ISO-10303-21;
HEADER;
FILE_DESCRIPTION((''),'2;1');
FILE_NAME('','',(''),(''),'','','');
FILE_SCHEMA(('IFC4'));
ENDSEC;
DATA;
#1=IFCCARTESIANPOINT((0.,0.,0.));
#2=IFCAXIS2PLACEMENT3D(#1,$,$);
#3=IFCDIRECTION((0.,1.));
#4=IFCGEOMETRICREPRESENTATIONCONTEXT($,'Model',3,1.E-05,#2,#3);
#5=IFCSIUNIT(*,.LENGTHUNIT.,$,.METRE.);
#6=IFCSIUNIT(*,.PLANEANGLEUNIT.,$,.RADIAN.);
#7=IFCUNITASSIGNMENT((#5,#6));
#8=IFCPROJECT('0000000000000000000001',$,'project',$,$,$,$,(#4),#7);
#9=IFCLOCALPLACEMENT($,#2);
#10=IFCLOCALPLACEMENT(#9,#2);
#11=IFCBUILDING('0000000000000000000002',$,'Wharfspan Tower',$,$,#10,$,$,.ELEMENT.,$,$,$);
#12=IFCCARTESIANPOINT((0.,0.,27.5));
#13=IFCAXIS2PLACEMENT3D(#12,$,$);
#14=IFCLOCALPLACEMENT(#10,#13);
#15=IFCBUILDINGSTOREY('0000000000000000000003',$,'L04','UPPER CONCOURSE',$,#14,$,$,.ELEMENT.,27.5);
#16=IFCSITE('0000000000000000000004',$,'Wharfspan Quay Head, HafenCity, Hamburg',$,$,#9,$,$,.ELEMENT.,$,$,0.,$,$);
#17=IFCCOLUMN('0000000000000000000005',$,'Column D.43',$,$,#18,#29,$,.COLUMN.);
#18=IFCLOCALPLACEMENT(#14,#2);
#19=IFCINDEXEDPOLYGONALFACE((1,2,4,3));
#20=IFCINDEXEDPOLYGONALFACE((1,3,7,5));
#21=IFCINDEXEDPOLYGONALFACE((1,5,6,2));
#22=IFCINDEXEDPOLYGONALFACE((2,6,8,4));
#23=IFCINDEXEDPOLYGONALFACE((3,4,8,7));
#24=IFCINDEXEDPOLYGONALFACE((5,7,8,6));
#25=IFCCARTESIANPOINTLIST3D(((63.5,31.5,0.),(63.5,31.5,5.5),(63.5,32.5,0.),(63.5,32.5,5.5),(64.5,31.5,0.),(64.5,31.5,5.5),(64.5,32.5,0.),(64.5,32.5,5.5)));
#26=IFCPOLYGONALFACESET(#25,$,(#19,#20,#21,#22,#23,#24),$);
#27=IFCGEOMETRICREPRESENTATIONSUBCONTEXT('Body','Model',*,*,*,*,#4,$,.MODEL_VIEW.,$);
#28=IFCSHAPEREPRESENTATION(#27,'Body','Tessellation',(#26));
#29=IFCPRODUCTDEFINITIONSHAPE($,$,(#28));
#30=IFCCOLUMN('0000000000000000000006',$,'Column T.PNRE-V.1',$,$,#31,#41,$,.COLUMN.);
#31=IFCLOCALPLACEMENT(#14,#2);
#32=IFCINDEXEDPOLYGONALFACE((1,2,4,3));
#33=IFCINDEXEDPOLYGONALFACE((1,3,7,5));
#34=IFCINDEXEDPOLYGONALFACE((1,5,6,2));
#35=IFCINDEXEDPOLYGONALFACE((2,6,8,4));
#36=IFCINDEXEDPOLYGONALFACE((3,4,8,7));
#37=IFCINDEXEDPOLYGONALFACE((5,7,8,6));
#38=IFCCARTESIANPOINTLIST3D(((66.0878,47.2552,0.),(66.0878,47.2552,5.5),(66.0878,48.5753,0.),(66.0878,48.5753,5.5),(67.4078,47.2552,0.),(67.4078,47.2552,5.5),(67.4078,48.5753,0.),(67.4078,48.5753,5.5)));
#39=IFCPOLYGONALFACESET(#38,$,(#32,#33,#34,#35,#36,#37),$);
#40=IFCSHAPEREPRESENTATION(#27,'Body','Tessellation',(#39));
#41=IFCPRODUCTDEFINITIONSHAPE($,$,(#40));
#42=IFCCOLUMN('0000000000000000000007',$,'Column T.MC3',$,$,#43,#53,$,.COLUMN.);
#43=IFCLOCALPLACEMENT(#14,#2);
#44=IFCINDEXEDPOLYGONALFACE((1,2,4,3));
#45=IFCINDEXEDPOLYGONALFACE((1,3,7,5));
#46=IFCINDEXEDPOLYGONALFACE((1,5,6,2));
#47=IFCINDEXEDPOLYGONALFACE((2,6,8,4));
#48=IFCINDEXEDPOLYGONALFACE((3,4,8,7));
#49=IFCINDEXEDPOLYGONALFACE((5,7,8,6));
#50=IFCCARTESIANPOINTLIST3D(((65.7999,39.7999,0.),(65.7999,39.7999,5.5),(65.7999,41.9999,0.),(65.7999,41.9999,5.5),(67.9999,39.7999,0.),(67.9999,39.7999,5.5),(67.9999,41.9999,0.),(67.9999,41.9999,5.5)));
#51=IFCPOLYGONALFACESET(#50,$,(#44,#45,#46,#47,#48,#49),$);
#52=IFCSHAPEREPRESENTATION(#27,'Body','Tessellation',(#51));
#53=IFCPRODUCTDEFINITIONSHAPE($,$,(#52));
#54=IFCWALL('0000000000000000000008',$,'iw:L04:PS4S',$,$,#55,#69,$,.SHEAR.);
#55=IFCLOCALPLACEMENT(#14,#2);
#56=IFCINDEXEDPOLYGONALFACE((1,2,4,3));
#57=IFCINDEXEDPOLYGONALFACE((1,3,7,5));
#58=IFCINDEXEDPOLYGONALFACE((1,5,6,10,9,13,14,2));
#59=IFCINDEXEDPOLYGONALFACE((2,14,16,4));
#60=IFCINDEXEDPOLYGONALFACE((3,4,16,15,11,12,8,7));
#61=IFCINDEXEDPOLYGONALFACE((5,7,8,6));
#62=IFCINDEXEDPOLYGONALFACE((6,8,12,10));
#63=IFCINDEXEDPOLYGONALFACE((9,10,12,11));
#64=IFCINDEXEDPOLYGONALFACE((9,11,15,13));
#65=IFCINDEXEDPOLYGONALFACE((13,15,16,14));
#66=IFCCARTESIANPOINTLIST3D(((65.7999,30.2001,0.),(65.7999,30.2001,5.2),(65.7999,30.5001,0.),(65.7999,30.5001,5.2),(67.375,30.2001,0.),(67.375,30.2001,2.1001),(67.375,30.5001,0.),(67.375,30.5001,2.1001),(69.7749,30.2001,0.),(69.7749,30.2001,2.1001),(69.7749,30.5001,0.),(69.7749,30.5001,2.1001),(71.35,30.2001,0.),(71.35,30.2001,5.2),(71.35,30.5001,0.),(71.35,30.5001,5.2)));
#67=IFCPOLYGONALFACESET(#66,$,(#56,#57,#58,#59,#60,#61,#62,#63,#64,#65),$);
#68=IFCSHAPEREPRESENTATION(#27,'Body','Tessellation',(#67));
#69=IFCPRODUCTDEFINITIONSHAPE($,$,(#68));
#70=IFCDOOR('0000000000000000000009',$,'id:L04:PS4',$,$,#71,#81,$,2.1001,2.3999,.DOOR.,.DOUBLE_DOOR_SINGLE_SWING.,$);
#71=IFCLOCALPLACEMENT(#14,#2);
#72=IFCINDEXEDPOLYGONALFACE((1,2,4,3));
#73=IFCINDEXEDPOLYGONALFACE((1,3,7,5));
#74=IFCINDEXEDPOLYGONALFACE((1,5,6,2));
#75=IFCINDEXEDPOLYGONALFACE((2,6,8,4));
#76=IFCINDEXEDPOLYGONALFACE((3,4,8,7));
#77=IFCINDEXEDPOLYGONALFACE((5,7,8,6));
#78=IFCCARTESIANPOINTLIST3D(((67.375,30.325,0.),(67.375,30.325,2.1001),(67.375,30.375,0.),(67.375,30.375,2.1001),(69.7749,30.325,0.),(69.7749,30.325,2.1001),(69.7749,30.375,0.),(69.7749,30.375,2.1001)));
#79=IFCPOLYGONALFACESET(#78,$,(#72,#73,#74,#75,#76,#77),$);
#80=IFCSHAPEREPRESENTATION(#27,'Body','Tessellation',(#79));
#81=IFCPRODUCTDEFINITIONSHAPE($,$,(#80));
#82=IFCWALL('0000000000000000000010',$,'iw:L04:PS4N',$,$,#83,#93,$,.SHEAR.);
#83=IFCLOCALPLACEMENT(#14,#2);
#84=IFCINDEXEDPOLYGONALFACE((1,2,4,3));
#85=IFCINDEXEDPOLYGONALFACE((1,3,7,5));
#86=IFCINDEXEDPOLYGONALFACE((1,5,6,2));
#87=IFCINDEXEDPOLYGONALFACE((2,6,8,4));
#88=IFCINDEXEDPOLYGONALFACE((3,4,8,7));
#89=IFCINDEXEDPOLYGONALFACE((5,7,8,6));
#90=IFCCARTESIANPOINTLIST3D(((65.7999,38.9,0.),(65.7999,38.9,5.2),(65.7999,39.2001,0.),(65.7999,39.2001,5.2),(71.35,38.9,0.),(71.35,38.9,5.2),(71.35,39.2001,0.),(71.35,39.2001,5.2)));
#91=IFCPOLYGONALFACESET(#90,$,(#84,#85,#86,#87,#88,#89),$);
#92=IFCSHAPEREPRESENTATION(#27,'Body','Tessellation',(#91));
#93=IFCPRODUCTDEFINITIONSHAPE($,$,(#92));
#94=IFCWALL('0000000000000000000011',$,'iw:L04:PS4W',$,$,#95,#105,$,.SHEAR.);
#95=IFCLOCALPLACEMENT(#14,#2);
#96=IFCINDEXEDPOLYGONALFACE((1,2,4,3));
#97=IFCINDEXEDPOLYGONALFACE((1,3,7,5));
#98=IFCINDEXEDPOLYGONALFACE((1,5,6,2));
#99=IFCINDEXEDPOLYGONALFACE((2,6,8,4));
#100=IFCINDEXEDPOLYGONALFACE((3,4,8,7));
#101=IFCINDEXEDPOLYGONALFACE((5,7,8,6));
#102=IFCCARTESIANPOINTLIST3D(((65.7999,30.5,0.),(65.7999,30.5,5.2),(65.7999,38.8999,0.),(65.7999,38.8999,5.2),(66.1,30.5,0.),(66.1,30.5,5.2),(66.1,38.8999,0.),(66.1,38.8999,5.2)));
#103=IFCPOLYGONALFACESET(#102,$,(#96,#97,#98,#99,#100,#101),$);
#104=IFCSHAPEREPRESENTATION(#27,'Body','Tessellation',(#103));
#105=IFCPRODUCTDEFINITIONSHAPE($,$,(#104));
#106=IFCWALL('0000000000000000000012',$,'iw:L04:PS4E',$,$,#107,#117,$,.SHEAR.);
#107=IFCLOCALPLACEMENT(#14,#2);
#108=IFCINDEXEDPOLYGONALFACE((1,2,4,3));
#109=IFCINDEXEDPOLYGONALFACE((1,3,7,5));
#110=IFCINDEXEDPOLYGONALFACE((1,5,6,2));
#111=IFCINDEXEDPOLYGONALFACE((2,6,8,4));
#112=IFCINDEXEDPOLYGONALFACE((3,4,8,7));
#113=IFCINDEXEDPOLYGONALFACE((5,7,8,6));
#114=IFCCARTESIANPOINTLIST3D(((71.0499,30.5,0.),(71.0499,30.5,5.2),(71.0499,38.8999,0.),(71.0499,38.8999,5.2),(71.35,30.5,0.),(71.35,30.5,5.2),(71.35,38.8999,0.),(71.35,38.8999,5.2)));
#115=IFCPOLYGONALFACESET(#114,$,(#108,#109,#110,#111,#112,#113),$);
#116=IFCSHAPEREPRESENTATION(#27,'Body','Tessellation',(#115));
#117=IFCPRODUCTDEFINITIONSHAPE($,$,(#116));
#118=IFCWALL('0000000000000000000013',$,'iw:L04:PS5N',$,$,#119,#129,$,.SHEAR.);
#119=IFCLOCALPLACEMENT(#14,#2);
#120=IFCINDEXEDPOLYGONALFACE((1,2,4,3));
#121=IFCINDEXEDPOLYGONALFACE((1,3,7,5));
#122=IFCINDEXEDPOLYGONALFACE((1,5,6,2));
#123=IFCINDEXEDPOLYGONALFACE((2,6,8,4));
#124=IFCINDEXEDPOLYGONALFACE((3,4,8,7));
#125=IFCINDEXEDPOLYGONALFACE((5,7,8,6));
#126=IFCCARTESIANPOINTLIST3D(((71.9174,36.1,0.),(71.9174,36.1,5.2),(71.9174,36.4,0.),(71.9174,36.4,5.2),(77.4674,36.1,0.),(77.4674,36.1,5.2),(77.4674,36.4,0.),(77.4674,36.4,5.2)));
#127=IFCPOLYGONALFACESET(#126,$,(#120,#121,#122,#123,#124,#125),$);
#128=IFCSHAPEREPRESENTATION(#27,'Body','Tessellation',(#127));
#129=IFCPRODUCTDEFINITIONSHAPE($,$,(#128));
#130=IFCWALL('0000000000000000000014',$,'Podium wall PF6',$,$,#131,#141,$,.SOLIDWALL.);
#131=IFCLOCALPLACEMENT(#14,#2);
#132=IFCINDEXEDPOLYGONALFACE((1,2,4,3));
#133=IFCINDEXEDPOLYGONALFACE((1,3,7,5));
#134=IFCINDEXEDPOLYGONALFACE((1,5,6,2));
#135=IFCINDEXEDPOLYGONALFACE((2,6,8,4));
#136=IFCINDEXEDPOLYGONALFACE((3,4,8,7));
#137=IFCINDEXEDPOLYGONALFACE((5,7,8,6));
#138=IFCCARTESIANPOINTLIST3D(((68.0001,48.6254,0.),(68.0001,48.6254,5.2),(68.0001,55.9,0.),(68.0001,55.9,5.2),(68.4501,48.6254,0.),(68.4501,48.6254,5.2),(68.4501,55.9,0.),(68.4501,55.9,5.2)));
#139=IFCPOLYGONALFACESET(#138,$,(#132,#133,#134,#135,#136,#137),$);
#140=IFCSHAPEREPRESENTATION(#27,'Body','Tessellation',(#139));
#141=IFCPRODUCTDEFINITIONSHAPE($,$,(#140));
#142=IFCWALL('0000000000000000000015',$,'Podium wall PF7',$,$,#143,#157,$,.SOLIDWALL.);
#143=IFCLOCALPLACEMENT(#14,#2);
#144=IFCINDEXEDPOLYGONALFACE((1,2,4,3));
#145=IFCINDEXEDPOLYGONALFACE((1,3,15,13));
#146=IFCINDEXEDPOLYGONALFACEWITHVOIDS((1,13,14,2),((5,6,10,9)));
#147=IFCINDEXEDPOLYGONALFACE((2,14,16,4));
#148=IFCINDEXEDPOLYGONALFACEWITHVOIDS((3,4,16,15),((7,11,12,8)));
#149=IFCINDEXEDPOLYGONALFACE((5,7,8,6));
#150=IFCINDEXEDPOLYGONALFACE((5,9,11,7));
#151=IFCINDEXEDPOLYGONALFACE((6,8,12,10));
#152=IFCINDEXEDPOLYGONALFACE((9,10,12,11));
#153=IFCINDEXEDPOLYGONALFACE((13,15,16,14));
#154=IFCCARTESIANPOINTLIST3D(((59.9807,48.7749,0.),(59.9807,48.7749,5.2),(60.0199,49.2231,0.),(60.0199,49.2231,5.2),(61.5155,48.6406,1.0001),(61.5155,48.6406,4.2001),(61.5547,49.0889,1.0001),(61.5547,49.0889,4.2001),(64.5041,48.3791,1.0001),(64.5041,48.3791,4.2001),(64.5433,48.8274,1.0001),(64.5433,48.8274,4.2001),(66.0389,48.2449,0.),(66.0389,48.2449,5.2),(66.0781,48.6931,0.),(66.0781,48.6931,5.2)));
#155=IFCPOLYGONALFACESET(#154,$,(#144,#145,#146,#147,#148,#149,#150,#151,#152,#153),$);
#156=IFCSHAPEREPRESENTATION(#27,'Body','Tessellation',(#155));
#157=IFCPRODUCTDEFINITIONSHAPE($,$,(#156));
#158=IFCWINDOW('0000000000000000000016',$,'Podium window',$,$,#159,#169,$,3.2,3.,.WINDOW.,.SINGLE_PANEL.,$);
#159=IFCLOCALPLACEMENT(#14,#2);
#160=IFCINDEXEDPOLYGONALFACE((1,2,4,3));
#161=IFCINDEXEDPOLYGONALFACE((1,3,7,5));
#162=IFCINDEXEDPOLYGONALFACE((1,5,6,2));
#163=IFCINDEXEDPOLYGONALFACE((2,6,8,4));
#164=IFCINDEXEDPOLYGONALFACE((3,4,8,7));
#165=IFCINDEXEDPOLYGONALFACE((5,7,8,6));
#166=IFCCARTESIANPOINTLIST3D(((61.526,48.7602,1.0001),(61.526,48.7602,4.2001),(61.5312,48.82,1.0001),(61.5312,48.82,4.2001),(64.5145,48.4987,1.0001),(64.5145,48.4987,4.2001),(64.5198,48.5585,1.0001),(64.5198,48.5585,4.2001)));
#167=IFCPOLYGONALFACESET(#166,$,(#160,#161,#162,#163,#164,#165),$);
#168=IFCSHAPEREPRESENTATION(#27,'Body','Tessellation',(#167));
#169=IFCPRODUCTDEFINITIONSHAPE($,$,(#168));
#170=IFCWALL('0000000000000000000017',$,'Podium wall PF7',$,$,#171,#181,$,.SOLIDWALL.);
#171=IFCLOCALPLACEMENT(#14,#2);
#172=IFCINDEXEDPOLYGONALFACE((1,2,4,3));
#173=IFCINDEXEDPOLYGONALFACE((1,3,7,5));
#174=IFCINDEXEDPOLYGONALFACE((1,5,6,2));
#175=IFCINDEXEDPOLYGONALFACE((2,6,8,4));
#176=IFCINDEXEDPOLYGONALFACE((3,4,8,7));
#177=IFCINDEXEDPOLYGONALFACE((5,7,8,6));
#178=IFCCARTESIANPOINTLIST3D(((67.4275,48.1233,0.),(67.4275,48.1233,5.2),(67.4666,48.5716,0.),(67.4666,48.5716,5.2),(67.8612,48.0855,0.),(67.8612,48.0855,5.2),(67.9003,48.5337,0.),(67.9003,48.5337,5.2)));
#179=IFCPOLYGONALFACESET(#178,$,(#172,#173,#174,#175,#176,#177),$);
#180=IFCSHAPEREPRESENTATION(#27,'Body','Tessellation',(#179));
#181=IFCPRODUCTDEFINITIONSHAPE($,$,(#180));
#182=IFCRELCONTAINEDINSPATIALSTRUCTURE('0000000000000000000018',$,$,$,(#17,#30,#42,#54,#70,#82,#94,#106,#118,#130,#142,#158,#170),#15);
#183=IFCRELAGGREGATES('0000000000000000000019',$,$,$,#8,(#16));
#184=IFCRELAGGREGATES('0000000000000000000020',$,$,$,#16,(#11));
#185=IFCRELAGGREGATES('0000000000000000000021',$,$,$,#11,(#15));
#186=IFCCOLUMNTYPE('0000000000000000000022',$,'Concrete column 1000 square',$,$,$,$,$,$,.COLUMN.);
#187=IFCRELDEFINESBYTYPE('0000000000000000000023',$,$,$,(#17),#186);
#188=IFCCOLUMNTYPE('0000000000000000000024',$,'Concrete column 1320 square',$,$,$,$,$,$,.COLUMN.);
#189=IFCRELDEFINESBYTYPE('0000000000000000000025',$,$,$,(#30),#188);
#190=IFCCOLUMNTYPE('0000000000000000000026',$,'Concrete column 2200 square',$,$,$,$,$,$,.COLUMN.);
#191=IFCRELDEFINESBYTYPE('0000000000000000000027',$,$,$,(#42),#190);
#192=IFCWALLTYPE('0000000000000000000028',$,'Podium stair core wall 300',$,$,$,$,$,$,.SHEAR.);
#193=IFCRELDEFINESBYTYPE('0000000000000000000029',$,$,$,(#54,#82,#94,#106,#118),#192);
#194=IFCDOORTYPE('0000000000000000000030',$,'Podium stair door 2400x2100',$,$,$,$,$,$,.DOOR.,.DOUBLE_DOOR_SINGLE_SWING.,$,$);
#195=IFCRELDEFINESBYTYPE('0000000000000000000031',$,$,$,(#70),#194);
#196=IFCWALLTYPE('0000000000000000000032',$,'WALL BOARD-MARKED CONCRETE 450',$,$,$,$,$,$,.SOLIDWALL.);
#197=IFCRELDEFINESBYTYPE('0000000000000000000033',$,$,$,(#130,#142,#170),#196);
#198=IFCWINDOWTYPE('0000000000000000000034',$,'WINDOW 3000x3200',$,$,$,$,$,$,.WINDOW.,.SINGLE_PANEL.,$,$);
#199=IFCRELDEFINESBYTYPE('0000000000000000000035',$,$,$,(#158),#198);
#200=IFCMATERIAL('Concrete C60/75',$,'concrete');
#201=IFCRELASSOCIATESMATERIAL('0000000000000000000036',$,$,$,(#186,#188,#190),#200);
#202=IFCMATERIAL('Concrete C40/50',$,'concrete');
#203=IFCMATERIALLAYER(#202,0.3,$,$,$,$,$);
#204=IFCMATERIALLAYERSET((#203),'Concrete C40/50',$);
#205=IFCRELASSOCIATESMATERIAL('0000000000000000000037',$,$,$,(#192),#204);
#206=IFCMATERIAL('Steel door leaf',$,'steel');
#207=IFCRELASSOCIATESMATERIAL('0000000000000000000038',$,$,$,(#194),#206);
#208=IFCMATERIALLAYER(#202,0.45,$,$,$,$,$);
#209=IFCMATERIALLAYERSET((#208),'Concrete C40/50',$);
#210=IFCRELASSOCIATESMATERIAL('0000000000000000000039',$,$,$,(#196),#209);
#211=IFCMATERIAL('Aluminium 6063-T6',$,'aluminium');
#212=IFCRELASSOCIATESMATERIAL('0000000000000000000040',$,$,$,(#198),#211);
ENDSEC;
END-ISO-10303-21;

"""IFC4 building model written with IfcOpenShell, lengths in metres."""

from ifc_helpers import new_model, si_unit, direction, frame, frame_2d, origin, origin_2d, place, context, subcontext, project, spatial, rectangle, extrude, material, layer, layer_set, material_profile, profile_set, type_object, element, fill, save


model = new_model("IFC4")

# Units and contexts
model_context = context("Model", 3, precision=1e-05, world=origin(), true_north=direction((0.0, 1.0)))
body_context = subcontext(model_context, "Body", "Model", "MODEL_VIEW")
ifc_project = project(units=[si_unit("LENGTHUNIT", "METRE"), si_unit("PLANEANGLEUNIT", "RADIAN")], contexts=[model_context])

# Site, building, storey
site_placement = place(None, origin())
site = spatial("IfcSite", under=ifc_project, at=site_placement, Name="Wharfspan Quay Head, HafenCity, Hamburg", CompositionType="ELEMENT", RefElevation=0.0)
building_placement = place(site_placement, origin())
building = spatial("IfcBuilding", under=site, at=building_placement, Name="Wharfspan Tower", CompositionType="ELEMENT")
storey_placement = place(building_placement, frame((0.0, 0.0, 27.5)))
storey = spatial("IfcBuildingStorey", under=building, at=storey_placement, Name="L04", Description="UPPER CONCOURSE", CompositionType="ELEMENT", Elevation=27.5)

# Columns
ifc_material_1 = material(Name="Concrete C60/75", Category="concrete")
ifc_material_profile_1 = material_profile(ifc_material_1, rectangle(XDim=1.0, YDim=1.0, at=origin_2d()))
ifc_profile_set_1 = profile_set([ifc_material_profile_1], Name="Concrete C60/75")
column_type_1 = type_object("IfcColumnType", Name="Concrete column 1000 square", PredefinedType="COLUMN", material=ifc_profile_set_1)
column_1_placement = place(storey_placement, frame((64.0, 32.0, 0.0), z_axis=(0.0, 0.0, 1.0), x_axis=(1.0, 0.0, 0.0)))
element("IfcColumn", 1, at=column_1_placement, inside=storey, type_object=column_type_1, Name="Column D.43", PredefinedType="COLUMN", context=body_context, shape_type="SweptSolid", body=[
    extrude(rectangle(XDim=1.0, YDim=1.0, at=origin_2d()), origin(), (0.0, 0.0, 1.0), 5.5),
])
ifc_material_profile_2 = material_profile(ifc_material_1, rectangle(XDim=1.3201, YDim=1.3201, at=origin_2d()))
ifc_profile_set_2 = profile_set([ifc_material_profile_2], Name="Concrete C60/75")
column_type_2 = type_object("IfcColumnType", Name="Concrete column 1320 square", PredefinedType="COLUMN", material=ifc_profile_set_2)
column_2_placement = place(storey_placement, frame((66.7478, 47.9153, 0.0), z_axis=(0.0, 0.0, 1.0), x_axis=(1.0, 0.0, 0.0)))
element("IfcColumn", 2, at=column_2_placement, inside=storey, type_object=column_type_2, Name="Column T.PNRE-V.1", PredefinedType="COLUMN", context=body_context, shape_type="SweptSolid", body=[
    extrude(rectangle(XDim=1.3201, YDim=1.3201, at=origin_2d()), origin(), (0.0, 0.0, 1.0), 5.5),
])
ifc_material_profile_3 = material_profile(ifc_material_1, rectangle(XDim=2.2, YDim=2.2, at=origin_2d()))
ifc_profile_set_3 = profile_set([ifc_material_profile_3], Name="Concrete C60/75")
column_type_3 = type_object("IfcColumnType", Name="Concrete column 2200 square", PredefinedType="COLUMN", material=ifc_profile_set_3)
column_3_placement = place(storey_placement, frame((66.8999, 40.8999, 0.0), z_axis=(0.0, 0.0, 1.0), x_axis=(1.0, 0.0, 0.0)))
element("IfcColumn", 3, at=column_3_placement, inside=storey, type_object=column_type_3, Name="Column T.MC3", PredefinedType="COLUMN", context=body_context, shape_type="SweptSolid", body=[
    extrude(rectangle(XDim=2.2, YDim=2.2, at=origin_2d()), origin(), (0.0, 0.0, 1.0), 5.5),
])

# Wall, opening, door
ifc_material_2 = material(Name="Concrete C40/50", Category="concrete")
ifc_layer_1 = layer(ifc_material_2, 0.3)
ifc_layer_set_1 = layer_set([ifc_layer_1], Name="Concrete C40/50")
wall_type_1 = type_object("IfcWallType", Name="Podium stair core wall 300", PredefinedType="SHEAR", material=ifc_layer_set_1)
wall_1_placement = place(storey_placement, frame((65.8, 30.3501, 0.0), z_axis=(0.0, 0.0, 1.0), x_axis=(1.0, 0.0, 0.0)))
wall_1 = element("IfcWall", 4, at=wall_1_placement, inside=storey, type_object=wall_type_1, Name="iw:L04:PS4S", PredefinedType="SHEAR", context=body_context, shape_type="SweptSolid", body=[
    extrude(rectangle(XDim=5.55, YDim=0.3, at=frame_2d((2.7749, 0.0))), origin(), (0.0, 0.0, 1.0), 5.2),
])
opening_1_placement = place(wall_1_placement, frame((1.575, 0.0, 0.0)))
opening_1 = element("IfcOpeningElement", 5, at=opening_1_placement, cuts=wall_1, PredefinedType="OPENING", context=body_context, shape_type="SweptSolid", body=[
    extrude(rectangle(XDim=2.3999, YDim=2.1001, at=frame_2d((1.2, 1.05))), frame((0.0, 0.1599, 0.0), z_axis=(0.0, -1.0, 0.0), x_axis=(1.0, 0.0, 0.0)), (0.0, 0.0, 1.0), 0.3201),
])
ifc_material_3 = material(Name="Steel door leaf", Category="steel")
door_type = type_object("IfcDoorType", Name="Podium stair door 2400x2100", OperationType="DOUBLE_DOOR_SINGLE_SWING", PredefinedType="DOOR", material=ifc_material_3)
door_placement = place(opening_1_placement, origin())
door = element("IfcDoor", 6, at=door_placement, inside=storey, type_object=door_type, Name="id:L04:PS4", OperationType="DOUBLE_DOOR_SINGLE_SWING", OverallHeight=2.1001, OverallWidth=2.3999, PredefinedType="DOOR", context=body_context, shape_type="SweptSolid", body=[
    extrude(rectangle(XDim=2.3999, YDim=2.1001, at=frame_2d((1.2, 1.05))), frame((0.0, 0.0249, 0.0), z_axis=(0.0, -1.0, 0.0), x_axis=(1.0, 0.0, 0.0)), (0.0, 0.0, 1.0), 0.05),
])
fill(opening_1, door)

# Walls
wall_2_placement = place(storey_placement, frame((65.8, 39.05, 0.0), z_axis=(0.0, 0.0, 1.0), x_axis=(1.0, 0.0, 0.0)))
element("IfcWall", 7, at=wall_2_placement, inside=storey, type_object=wall_type_1, Name="iw:L04:PS4N", PredefinedType="SHEAR", context=body_context, shape_type="SweptSolid", body=[
    extrude(rectangle(XDim=5.55, YDim=0.3, at=frame_2d((2.7749, 0.0))), origin(), (0.0, 0.0, 1.0), 5.2),
])
for number, where, z_axis, x_axis, name in (
    (8, (65.95, 30.5, 0.0), (0.0, 0.0, 1.0), (0.0, 1.0, 0.0), "iw:L04:PS4W"),
    (9, (71.2, 30.5, 0.0), (0.0, 0.0, 1.0), (0.0, 1.0, 0.0), "iw:L04:PS4E"),
):
    element("IfcWall", number, at=place(storey_placement, frame(where, z_axis=z_axis, x_axis=x_axis)), inside=storey, type_object=wall_type_1, Name=name, PredefinedType="SHEAR", context=body_context, shape_type="SweptSolid", body=[
        extrude(rectangle(XDim=8.3999, YDim=0.3, at=frame_2d((4.2, 0.0))), origin(), (0.0, 0.0, 1.0), 5.2),
    ])
wall_3_placement = place(storey_placement, frame((71.9175, 36.25, 0.0), z_axis=(0.0, 0.0, 1.0), x_axis=(1.0, 0.0, 0.0)))
element("IfcWall", 10, at=wall_3_placement, inside=storey, type_object=wall_type_1, Name="iw:L04:PS5N", PredefinedType="SHEAR", context=body_context, shape_type="SweptSolid", body=[
    extrude(rectangle(XDim=5.55, YDim=0.3, at=frame_2d((2.7749, 0.0))), origin(), (0.0, 0.0, 1.0), 5.2),
])
ifc_layer_2 = layer(ifc_material_2, 0.45)
ifc_layer_set_2 = layer_set([ifc_layer_2], Name="Concrete C40/50")
wall_type_2 = type_object("IfcWallType", Name="WALL BOARD-MARKED CONCRETE 450", PredefinedType="SOLIDWALL", material=ifc_layer_set_2)
wall_4_placement = place(storey_placement, frame((68.2251, 55.8999, 0.0), z_axis=(0.0, 0.0, 1.0), x_axis=(0.0, -1.0, 0.0)))
element("IfcWall", 11, at=wall_4_placement, inside=storey, type_object=wall_type_2, Name="Podium wall PF6", PredefinedType="SOLIDWALL", context=body_context, shape_type="SweptSolid", body=[
    extrude(rectangle(XDim=7.2747, YDim=0.45, at=frame_2d((3.6372, 0.0))), origin(), (0.0, 0.0, 1.0), 5.2),
])

# Wall, opening, window
wall_5_placement = place(storey_placement, frame((66.0584, 48.469, 0.0), z_axis=(0.0, 0.0, 1.0), x_axis=(-0.996195, 0.087158, 0.0)))
wall_5 = element("IfcWall", 12, at=wall_5_placement, inside=storey, type_object=wall_type_2, Name="Podium wall PF7", PredefinedType="SOLIDWALL", context=body_context, shape_type="SweptSolid", body=[
    extrude(rectangle(XDim=6.0813, YDim=0.45, at=frame_2d((3.0405, 0.0))), origin(), (0.0, 0.0, 1.0), 5.2),
])
opening_2_placement = place(wall_5_placement, frame((1.5405, 0.0, 1.0)))
opening_2 = element("IfcOpeningElement", 13, at=opening_2_placement, cuts=wall_5, PredefinedType="OPENING", context=body_context, shape_type="SweptSolid", body=[
    extrude(rectangle(XDim=3.0, YDim=3.2, at=frame_2d((1.5, 1.6001))), frame((0.0, 0.2349, 0.0), z_axis=(0.0, -1.0, 0.0), x_axis=(1.0, 0.0, 0.0)), (0.0, 0.0, 1.0), 0.47),
])
ifc_material_4 = material(Name="Aluminium 6063-T6", Category="aluminium")
window_type = type_object("IfcWindowType", Name="WINDOW 3000x3200", PartitioningType="SINGLE_PANEL", PredefinedType="WINDOW", material=ifc_material_4)
window_placement = place(opening_2_placement, origin())
window = element("IfcWindow", 14, at=window_placement, inside=storey, type_object=window_type, Name="Podium window", OverallHeight=3.2, OverallWidth=3.0, PartitioningType="SINGLE_PANEL", PredefinedType="WINDOW", context=body_context, shape_type="SweptSolid", body=[
    extrude(rectangle(XDim=3.0, YDim=3.2, at=frame_2d((1.5, 1.6001))), frame((0.0, 0.105, 0.0), z_axis=(0.0, -1.0, 0.0), x_axis=(1.0, 0.0, 0.0)), (0.0, 0.0, 1.0), 0.0601),
])
fill(opening_2, window)

# Wall
wall_6_placement = place(storey_placement, frame((67.8809, 48.3096, 0.0), z_axis=(0.0, 0.0, 1.0), x_axis=(-0.99621, 0.086944, 0.0)))
element("IfcWall", 15, at=wall_6_placement, inside=storey, type_object=wall_type_2, Name="Podium wall PF7", PredefinedType="SOLIDWALL", context=body_context, shape_type="SweptSolid", body=[
    extrude(rectangle(XDim=0.4353, YDim=0.45, at=frame_2d((0.2178, 0.0))), origin(), (0.0, 0.0, 1.0), 5.2),
])

save(model, "model.ifc")
